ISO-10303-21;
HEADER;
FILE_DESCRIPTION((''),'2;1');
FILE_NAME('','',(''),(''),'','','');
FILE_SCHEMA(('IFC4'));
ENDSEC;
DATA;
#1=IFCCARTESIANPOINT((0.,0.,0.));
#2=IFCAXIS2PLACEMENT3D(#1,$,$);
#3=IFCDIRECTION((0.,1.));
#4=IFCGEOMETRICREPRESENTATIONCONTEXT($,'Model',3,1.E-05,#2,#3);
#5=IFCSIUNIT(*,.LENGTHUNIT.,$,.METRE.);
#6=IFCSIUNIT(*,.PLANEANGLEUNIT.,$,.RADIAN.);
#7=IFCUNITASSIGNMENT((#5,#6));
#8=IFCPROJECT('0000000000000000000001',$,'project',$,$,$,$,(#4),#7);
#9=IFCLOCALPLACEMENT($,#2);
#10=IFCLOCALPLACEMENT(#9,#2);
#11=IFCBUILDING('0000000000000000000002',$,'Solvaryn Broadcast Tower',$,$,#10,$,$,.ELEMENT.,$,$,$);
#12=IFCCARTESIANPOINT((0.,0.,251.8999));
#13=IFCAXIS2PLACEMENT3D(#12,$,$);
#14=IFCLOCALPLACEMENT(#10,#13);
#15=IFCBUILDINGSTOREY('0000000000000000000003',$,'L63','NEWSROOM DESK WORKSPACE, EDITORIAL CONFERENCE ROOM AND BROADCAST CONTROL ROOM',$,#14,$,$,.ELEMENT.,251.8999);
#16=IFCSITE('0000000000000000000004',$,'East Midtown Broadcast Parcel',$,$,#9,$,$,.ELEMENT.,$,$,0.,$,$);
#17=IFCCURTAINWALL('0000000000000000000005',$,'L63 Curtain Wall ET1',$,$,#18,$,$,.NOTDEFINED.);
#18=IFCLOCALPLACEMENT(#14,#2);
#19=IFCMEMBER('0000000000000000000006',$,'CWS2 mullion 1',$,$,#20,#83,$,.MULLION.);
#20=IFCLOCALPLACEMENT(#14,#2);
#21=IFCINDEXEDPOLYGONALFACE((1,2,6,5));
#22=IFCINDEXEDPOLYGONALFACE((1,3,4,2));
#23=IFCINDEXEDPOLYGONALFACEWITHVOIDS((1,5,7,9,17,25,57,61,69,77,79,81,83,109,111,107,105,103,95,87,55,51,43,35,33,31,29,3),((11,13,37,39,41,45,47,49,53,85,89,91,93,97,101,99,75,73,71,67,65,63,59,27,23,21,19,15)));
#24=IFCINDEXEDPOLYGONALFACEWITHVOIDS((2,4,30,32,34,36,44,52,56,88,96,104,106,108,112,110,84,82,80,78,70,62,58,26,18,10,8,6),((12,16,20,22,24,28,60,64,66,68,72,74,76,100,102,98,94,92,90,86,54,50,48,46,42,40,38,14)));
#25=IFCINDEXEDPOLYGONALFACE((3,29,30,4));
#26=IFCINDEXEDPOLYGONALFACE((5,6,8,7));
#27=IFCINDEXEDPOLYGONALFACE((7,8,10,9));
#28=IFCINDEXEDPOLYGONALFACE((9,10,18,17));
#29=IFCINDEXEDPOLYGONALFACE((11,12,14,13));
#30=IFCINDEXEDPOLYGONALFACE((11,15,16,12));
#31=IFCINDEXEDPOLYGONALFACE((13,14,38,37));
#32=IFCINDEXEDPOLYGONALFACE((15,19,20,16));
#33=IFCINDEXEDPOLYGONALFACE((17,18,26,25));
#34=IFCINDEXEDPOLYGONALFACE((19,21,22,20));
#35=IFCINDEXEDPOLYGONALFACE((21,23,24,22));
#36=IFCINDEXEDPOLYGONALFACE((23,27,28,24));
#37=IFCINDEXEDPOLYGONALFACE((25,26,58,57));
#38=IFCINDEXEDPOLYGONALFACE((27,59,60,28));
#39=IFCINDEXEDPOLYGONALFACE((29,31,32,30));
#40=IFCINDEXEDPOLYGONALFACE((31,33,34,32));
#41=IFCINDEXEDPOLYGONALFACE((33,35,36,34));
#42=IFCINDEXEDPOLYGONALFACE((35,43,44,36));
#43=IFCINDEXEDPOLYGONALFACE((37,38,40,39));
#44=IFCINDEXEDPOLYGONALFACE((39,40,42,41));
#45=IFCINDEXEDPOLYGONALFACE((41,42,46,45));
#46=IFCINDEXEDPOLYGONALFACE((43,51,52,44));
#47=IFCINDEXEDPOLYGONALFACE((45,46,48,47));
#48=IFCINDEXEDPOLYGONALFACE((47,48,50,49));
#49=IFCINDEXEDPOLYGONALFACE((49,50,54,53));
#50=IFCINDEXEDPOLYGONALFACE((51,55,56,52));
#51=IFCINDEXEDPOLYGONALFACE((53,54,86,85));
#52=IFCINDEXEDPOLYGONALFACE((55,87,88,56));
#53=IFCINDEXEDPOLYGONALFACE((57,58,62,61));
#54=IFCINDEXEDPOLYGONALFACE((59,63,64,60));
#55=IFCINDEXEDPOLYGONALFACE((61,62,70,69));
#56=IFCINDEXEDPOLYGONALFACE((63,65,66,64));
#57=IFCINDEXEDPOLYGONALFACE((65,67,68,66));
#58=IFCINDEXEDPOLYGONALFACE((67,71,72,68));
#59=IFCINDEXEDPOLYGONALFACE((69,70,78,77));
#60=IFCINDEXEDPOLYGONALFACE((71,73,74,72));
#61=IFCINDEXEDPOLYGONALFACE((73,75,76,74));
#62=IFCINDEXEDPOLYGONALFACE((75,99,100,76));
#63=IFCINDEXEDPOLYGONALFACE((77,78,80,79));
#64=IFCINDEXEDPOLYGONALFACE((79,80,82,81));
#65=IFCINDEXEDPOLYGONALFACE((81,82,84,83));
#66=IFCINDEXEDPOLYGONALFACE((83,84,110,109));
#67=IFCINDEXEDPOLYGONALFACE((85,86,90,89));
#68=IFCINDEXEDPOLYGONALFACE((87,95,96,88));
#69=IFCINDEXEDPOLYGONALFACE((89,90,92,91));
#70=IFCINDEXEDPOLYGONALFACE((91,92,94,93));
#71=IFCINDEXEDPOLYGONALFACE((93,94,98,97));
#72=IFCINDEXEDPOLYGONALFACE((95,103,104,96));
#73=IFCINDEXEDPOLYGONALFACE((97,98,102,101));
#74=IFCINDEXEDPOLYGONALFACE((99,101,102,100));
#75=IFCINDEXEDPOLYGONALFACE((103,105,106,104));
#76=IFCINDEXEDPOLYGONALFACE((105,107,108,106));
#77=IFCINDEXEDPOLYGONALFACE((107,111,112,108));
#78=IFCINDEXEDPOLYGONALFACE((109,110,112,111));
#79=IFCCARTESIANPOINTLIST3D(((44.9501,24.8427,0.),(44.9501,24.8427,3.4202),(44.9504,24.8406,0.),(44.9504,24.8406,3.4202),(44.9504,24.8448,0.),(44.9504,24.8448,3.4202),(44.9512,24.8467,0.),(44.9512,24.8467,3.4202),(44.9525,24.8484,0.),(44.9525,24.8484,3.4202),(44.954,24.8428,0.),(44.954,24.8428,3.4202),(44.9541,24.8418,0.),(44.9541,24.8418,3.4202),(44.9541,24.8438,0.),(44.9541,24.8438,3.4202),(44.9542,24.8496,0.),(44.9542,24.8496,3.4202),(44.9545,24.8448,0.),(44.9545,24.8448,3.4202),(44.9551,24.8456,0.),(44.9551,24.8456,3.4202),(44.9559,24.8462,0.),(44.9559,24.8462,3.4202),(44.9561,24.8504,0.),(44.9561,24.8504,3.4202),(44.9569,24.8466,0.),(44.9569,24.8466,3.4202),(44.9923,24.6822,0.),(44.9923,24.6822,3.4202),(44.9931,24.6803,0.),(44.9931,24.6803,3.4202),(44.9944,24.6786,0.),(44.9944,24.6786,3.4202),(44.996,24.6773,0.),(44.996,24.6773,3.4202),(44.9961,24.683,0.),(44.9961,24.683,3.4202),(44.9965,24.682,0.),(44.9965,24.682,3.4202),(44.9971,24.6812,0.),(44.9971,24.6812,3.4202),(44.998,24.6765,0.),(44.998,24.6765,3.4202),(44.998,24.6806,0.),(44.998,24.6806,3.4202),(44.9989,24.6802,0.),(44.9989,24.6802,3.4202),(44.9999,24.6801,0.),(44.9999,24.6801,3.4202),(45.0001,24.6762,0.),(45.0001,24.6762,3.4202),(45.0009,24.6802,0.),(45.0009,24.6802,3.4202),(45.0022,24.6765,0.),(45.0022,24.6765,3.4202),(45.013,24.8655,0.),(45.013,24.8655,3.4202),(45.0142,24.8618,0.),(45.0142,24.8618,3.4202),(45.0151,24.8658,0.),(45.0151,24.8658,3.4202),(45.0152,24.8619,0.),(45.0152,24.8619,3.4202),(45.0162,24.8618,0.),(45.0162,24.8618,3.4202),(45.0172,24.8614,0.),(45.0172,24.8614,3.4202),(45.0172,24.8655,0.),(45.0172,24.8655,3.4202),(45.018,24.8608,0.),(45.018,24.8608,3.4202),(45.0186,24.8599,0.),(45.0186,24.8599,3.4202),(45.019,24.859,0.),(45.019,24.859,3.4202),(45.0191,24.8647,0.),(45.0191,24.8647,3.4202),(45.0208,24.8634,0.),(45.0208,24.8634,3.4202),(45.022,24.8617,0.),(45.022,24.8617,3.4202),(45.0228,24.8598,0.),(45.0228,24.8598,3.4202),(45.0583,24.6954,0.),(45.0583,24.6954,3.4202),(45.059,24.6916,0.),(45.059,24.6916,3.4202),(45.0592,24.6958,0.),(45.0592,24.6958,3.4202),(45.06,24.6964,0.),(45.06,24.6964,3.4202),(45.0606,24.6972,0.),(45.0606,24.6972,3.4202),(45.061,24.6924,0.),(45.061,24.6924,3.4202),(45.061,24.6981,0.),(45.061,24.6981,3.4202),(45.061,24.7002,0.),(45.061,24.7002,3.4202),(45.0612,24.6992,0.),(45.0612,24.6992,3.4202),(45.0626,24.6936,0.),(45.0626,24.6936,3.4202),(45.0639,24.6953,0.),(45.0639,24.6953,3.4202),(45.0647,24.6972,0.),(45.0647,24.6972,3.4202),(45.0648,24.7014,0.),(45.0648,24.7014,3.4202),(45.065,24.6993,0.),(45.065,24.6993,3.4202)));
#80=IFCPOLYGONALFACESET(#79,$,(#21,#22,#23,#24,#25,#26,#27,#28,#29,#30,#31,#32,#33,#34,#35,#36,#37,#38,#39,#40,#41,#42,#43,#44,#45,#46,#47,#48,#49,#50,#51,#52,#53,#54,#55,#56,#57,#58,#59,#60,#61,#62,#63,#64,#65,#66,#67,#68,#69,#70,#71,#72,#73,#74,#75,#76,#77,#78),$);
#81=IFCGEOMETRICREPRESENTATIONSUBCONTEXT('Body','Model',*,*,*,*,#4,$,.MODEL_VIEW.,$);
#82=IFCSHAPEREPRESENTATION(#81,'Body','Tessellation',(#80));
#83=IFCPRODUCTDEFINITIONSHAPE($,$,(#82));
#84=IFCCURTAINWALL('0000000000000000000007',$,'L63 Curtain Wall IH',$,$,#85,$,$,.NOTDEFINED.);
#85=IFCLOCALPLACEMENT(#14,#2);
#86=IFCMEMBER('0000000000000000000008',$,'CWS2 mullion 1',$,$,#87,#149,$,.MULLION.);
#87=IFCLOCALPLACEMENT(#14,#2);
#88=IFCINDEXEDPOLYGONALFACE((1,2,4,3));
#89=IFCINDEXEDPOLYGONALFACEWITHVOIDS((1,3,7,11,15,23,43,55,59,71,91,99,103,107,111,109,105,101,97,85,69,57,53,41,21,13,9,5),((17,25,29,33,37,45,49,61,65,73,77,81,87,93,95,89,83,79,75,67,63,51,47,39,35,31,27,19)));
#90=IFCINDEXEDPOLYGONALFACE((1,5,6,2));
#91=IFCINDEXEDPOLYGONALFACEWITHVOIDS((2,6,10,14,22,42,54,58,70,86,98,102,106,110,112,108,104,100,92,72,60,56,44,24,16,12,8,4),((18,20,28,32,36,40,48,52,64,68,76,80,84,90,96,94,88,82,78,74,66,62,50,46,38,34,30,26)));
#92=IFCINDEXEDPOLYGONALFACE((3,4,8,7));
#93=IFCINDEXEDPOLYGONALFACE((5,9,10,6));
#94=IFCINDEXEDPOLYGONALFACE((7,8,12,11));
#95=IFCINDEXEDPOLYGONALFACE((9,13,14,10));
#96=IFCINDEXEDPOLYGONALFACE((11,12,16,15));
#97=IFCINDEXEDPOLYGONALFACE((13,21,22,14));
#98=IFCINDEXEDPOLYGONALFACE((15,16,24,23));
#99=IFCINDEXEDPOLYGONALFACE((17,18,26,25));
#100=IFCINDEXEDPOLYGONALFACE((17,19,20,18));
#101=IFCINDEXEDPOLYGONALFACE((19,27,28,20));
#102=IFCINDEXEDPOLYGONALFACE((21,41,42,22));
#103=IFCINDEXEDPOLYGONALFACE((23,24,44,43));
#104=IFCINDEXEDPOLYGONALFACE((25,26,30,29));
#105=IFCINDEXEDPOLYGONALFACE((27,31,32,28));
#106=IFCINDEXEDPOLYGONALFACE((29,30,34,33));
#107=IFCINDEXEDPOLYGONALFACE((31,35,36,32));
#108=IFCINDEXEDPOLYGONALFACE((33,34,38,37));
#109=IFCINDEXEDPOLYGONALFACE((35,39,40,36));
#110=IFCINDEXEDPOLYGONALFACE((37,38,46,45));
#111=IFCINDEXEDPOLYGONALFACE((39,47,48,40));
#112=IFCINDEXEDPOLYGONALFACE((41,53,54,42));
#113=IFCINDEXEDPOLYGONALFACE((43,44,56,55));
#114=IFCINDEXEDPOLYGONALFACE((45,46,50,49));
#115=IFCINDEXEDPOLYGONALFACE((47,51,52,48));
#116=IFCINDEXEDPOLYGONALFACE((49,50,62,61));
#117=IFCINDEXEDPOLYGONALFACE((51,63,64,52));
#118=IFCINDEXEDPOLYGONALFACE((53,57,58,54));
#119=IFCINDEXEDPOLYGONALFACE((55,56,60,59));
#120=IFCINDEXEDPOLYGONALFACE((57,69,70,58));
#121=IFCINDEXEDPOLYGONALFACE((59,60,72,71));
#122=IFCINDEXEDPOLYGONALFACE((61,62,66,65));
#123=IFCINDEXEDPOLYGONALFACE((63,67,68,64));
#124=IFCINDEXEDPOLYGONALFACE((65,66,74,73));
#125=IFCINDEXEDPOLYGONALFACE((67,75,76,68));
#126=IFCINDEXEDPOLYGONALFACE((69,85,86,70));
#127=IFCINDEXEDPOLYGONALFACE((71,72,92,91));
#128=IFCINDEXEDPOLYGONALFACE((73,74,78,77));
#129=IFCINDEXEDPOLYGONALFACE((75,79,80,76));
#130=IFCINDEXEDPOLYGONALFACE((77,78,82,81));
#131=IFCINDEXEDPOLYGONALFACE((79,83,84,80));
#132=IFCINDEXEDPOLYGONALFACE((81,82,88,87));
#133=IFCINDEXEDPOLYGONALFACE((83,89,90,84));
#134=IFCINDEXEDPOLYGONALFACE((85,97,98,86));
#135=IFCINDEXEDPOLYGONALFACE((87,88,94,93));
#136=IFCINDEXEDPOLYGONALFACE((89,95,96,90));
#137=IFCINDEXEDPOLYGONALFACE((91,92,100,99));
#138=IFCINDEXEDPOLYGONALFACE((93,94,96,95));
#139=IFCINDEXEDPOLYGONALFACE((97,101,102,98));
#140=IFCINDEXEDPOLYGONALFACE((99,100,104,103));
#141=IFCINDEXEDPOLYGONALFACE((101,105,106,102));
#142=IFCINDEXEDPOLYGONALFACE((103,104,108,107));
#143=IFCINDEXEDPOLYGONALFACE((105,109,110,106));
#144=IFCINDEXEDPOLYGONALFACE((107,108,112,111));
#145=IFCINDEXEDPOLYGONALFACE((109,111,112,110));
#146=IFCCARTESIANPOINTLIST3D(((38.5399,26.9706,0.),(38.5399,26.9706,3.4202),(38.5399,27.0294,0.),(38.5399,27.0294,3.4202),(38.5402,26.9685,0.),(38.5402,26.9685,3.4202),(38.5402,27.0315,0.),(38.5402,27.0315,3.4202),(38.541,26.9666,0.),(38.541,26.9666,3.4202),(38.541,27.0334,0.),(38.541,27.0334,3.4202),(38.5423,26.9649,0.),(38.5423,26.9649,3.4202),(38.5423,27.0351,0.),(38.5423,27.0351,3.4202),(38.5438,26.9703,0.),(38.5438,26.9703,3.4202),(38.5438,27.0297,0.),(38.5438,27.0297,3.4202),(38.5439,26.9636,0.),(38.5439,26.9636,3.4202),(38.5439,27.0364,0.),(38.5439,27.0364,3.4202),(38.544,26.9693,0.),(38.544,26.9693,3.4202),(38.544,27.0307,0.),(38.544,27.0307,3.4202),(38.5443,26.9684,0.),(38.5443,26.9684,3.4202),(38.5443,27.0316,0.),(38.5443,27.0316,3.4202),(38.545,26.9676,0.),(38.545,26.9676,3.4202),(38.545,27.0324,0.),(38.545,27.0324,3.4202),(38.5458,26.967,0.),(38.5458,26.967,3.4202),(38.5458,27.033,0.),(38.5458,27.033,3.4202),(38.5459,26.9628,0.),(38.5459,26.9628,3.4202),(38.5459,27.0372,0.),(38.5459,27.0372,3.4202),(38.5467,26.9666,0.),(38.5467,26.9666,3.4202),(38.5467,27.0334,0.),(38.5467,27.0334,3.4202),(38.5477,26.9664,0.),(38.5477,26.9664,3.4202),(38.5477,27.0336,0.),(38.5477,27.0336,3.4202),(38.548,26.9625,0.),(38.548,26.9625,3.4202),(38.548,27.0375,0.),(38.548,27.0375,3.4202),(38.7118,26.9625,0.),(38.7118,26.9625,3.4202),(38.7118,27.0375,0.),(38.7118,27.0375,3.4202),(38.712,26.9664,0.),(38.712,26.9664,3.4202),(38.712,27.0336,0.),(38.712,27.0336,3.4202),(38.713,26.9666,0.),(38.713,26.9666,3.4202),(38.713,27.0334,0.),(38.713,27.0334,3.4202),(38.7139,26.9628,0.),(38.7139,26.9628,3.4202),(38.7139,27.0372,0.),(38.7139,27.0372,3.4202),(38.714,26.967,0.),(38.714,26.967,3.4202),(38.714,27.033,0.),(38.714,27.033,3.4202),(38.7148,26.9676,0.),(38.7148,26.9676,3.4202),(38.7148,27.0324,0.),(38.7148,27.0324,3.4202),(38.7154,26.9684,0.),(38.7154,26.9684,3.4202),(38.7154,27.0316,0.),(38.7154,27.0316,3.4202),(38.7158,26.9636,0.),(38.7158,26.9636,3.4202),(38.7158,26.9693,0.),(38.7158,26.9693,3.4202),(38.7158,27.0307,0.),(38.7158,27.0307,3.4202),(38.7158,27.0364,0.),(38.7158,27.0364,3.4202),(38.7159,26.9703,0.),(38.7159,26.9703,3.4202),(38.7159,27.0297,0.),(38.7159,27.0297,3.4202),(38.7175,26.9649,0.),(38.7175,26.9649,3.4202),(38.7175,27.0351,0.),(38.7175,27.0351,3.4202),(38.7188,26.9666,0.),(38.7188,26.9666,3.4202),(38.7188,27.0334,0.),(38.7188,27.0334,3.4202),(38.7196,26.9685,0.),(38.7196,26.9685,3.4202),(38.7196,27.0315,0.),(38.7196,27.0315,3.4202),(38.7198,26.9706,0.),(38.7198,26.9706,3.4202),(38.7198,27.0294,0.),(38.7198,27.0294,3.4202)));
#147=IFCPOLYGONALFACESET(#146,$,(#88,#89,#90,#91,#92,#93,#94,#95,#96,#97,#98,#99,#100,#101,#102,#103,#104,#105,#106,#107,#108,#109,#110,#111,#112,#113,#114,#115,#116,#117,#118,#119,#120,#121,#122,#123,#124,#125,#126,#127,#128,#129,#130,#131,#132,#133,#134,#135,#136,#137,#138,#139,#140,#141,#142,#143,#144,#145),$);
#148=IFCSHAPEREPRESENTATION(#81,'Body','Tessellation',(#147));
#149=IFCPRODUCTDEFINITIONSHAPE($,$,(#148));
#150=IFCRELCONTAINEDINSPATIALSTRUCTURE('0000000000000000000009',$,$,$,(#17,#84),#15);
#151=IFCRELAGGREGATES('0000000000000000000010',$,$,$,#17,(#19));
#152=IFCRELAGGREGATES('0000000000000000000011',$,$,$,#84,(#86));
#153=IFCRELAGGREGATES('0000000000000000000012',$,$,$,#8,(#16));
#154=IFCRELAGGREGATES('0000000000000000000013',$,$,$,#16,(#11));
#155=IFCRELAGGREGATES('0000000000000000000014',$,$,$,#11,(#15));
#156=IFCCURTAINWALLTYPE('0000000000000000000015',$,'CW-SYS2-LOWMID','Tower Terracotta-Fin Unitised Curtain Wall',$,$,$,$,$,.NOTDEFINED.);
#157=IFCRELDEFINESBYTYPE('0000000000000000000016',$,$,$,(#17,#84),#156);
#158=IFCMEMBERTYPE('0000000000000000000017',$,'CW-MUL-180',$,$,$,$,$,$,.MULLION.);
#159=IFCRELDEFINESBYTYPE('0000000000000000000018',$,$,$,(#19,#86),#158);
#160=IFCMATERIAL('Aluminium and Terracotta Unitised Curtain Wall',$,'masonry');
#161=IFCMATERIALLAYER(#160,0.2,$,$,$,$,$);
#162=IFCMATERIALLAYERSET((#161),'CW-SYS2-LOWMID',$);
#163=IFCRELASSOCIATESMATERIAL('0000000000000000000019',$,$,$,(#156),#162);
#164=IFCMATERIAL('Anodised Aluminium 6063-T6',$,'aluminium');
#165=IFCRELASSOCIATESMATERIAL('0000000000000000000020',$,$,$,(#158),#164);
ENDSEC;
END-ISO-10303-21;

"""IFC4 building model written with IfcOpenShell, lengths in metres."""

from ifc_helpers import new_model, si_unit, direction, frame, origin, origin_2d, place, context, subcontext, project, spatial, hollow_rectangle, extrude, material, layer, layer_set, material_profile, profile_set, type_object, element, aggregate, save


model = new_model("IFC4")

# Units and contexts
model_context = context("Model", 3, precision=1e-05, world=origin(), true_north=direction((0.0, 1.0)))
body_context = subcontext(model_context, "Body", "Model", "MODEL_VIEW")
ifc_project = project(units=[si_unit("LENGTHUNIT", "METRE"), si_unit("PLANEANGLEUNIT", "RADIAN")], contexts=[model_context])

# Site, building, storey
site_placement = place(None, origin())
site = spatial("IfcSite", under=ifc_project, at=site_placement, Name="East Midtown Broadcast Parcel", CompositionType="ELEMENT", RefElevation=0.0)
building_placement = place(site_placement, origin())
building = spatial("IfcBuilding", under=site, at=building_placement, Name="Solvaryn Broadcast Tower", CompositionType="ELEMENT")
storey_placement = place(building_placement, frame((0.0, 0.0, 251.8999)))
storey = spatial("IfcBuildingStorey", under=building, at=storey_placement, Name="L63", Description="NEWSROOM DESK WORKSPACE, EDITORIAL CONFERENCE ROOM AND BROADCAST CONTROL ROOM", CompositionType="ELEMENT", Elevation=251.8999)

# Curtain wall, member
ifc_material_1 = material(Name="Aluminium and Terracotta Unitised Curtain Wall", Category="masonry")
ifc_layer_1 = layer(ifc_material_1, 0.2)
ifc_layer_set_1 = layer_set([ifc_layer_1], Name="CW-SYS2-LOWMID")
curtain_wall_type = type_object("IfcCurtainWallType", Name="CW-SYS2-LOWMID", Description="Tower Terracotta-Fin Unitised Curtain Wall", PredefinedType="NOTDEFINED", material=ifc_layer_set_1)
curtain_wall_1_placement = place(storey_placement, origin())
curtain_wall_1 = element("IfcCurtainWall", 1, at=curtain_wall_1_placement, inside=storey, type_object=curtain_wall_type, Name="L63 Curtain Wall ET1", PredefinedType="NOTDEFINED")
ifc_material_2 = material(Name="Anodised Aluminium 6063-T6", Category="aluminium")
ifc_material_profile_1 = material_profile(ifc_material_2, hollow_rectangle(XDim=0.075, YDim=0.1799, WallThickness=0.0039, InnerFilletRadius=0.0039, OuterFilletRadius=0.0081, at=origin_2d()))
ifc_profile_set_1 = profile_set([ifc_material_profile_1], Name="Anodised Aluminium 6063-T6")
member_type_1 = type_object("IfcMemberType", Name="CW-MUL-180", PredefinedType="MULLION", material=ifc_profile_set_1)
member_1_placement = place(storey_placement, frame((45.0076, 24.771, 0.0), z_axis=(0.0, 0.0, 1.0), x_axis=(0.966705, 0.255893, 0.0)))
member_1 = element("IfcMember", 2, at=member_1_placement, type_object=member_type_1, Name="CWS2 mullion 1", PredefinedType="MULLION", context=body_context, shape_type="SweptSolid", body=[
    extrude(hollow_rectangle(XDim=0.075, YDim=0.1799, WallThickness=0.0039, InnerFilletRadius=0.0039, OuterFilletRadius=0.0081, at=origin_2d()), origin(), (0.0, 0.0, 1.0), 3.4202),
])

# Curtain wall, member
curtain_wall_2_placement = place(storey_placement, origin())
curtain_wall_2 = element("IfcCurtainWall", 3, at=curtain_wall_2_placement, inside=storey, type_object=curtain_wall_type, Name="L63 Curtain Wall IH", PredefinedType="NOTDEFINED")
member_2_placement = place(storey_placement, frame((38.6299, 27.0, 0.0), z_axis=(0.0, 0.0, 1.0), x_axis=(0.0, 1.0, 0.0)))
member_2 = element("IfcMember", 4, at=member_2_placement, type_object=member_type_1, Name="CWS2 mullion 1", PredefinedType="MULLION", context=body_context, shape_type="SweptSolid", body=[
    extrude(hollow_rectangle(XDim=0.075, YDim=0.1799, WallThickness=0.0039, InnerFilletRadius=0.0039, OuterFilletRadius=0.0081, at=origin_2d()), origin(), (0.0, 0.0, 1.0), 3.4202),
])

aggregate(curtain_wall_1, [member_1])
aggregate(curtain_wall_2, [member_2])

save(model, "model.ifc")
